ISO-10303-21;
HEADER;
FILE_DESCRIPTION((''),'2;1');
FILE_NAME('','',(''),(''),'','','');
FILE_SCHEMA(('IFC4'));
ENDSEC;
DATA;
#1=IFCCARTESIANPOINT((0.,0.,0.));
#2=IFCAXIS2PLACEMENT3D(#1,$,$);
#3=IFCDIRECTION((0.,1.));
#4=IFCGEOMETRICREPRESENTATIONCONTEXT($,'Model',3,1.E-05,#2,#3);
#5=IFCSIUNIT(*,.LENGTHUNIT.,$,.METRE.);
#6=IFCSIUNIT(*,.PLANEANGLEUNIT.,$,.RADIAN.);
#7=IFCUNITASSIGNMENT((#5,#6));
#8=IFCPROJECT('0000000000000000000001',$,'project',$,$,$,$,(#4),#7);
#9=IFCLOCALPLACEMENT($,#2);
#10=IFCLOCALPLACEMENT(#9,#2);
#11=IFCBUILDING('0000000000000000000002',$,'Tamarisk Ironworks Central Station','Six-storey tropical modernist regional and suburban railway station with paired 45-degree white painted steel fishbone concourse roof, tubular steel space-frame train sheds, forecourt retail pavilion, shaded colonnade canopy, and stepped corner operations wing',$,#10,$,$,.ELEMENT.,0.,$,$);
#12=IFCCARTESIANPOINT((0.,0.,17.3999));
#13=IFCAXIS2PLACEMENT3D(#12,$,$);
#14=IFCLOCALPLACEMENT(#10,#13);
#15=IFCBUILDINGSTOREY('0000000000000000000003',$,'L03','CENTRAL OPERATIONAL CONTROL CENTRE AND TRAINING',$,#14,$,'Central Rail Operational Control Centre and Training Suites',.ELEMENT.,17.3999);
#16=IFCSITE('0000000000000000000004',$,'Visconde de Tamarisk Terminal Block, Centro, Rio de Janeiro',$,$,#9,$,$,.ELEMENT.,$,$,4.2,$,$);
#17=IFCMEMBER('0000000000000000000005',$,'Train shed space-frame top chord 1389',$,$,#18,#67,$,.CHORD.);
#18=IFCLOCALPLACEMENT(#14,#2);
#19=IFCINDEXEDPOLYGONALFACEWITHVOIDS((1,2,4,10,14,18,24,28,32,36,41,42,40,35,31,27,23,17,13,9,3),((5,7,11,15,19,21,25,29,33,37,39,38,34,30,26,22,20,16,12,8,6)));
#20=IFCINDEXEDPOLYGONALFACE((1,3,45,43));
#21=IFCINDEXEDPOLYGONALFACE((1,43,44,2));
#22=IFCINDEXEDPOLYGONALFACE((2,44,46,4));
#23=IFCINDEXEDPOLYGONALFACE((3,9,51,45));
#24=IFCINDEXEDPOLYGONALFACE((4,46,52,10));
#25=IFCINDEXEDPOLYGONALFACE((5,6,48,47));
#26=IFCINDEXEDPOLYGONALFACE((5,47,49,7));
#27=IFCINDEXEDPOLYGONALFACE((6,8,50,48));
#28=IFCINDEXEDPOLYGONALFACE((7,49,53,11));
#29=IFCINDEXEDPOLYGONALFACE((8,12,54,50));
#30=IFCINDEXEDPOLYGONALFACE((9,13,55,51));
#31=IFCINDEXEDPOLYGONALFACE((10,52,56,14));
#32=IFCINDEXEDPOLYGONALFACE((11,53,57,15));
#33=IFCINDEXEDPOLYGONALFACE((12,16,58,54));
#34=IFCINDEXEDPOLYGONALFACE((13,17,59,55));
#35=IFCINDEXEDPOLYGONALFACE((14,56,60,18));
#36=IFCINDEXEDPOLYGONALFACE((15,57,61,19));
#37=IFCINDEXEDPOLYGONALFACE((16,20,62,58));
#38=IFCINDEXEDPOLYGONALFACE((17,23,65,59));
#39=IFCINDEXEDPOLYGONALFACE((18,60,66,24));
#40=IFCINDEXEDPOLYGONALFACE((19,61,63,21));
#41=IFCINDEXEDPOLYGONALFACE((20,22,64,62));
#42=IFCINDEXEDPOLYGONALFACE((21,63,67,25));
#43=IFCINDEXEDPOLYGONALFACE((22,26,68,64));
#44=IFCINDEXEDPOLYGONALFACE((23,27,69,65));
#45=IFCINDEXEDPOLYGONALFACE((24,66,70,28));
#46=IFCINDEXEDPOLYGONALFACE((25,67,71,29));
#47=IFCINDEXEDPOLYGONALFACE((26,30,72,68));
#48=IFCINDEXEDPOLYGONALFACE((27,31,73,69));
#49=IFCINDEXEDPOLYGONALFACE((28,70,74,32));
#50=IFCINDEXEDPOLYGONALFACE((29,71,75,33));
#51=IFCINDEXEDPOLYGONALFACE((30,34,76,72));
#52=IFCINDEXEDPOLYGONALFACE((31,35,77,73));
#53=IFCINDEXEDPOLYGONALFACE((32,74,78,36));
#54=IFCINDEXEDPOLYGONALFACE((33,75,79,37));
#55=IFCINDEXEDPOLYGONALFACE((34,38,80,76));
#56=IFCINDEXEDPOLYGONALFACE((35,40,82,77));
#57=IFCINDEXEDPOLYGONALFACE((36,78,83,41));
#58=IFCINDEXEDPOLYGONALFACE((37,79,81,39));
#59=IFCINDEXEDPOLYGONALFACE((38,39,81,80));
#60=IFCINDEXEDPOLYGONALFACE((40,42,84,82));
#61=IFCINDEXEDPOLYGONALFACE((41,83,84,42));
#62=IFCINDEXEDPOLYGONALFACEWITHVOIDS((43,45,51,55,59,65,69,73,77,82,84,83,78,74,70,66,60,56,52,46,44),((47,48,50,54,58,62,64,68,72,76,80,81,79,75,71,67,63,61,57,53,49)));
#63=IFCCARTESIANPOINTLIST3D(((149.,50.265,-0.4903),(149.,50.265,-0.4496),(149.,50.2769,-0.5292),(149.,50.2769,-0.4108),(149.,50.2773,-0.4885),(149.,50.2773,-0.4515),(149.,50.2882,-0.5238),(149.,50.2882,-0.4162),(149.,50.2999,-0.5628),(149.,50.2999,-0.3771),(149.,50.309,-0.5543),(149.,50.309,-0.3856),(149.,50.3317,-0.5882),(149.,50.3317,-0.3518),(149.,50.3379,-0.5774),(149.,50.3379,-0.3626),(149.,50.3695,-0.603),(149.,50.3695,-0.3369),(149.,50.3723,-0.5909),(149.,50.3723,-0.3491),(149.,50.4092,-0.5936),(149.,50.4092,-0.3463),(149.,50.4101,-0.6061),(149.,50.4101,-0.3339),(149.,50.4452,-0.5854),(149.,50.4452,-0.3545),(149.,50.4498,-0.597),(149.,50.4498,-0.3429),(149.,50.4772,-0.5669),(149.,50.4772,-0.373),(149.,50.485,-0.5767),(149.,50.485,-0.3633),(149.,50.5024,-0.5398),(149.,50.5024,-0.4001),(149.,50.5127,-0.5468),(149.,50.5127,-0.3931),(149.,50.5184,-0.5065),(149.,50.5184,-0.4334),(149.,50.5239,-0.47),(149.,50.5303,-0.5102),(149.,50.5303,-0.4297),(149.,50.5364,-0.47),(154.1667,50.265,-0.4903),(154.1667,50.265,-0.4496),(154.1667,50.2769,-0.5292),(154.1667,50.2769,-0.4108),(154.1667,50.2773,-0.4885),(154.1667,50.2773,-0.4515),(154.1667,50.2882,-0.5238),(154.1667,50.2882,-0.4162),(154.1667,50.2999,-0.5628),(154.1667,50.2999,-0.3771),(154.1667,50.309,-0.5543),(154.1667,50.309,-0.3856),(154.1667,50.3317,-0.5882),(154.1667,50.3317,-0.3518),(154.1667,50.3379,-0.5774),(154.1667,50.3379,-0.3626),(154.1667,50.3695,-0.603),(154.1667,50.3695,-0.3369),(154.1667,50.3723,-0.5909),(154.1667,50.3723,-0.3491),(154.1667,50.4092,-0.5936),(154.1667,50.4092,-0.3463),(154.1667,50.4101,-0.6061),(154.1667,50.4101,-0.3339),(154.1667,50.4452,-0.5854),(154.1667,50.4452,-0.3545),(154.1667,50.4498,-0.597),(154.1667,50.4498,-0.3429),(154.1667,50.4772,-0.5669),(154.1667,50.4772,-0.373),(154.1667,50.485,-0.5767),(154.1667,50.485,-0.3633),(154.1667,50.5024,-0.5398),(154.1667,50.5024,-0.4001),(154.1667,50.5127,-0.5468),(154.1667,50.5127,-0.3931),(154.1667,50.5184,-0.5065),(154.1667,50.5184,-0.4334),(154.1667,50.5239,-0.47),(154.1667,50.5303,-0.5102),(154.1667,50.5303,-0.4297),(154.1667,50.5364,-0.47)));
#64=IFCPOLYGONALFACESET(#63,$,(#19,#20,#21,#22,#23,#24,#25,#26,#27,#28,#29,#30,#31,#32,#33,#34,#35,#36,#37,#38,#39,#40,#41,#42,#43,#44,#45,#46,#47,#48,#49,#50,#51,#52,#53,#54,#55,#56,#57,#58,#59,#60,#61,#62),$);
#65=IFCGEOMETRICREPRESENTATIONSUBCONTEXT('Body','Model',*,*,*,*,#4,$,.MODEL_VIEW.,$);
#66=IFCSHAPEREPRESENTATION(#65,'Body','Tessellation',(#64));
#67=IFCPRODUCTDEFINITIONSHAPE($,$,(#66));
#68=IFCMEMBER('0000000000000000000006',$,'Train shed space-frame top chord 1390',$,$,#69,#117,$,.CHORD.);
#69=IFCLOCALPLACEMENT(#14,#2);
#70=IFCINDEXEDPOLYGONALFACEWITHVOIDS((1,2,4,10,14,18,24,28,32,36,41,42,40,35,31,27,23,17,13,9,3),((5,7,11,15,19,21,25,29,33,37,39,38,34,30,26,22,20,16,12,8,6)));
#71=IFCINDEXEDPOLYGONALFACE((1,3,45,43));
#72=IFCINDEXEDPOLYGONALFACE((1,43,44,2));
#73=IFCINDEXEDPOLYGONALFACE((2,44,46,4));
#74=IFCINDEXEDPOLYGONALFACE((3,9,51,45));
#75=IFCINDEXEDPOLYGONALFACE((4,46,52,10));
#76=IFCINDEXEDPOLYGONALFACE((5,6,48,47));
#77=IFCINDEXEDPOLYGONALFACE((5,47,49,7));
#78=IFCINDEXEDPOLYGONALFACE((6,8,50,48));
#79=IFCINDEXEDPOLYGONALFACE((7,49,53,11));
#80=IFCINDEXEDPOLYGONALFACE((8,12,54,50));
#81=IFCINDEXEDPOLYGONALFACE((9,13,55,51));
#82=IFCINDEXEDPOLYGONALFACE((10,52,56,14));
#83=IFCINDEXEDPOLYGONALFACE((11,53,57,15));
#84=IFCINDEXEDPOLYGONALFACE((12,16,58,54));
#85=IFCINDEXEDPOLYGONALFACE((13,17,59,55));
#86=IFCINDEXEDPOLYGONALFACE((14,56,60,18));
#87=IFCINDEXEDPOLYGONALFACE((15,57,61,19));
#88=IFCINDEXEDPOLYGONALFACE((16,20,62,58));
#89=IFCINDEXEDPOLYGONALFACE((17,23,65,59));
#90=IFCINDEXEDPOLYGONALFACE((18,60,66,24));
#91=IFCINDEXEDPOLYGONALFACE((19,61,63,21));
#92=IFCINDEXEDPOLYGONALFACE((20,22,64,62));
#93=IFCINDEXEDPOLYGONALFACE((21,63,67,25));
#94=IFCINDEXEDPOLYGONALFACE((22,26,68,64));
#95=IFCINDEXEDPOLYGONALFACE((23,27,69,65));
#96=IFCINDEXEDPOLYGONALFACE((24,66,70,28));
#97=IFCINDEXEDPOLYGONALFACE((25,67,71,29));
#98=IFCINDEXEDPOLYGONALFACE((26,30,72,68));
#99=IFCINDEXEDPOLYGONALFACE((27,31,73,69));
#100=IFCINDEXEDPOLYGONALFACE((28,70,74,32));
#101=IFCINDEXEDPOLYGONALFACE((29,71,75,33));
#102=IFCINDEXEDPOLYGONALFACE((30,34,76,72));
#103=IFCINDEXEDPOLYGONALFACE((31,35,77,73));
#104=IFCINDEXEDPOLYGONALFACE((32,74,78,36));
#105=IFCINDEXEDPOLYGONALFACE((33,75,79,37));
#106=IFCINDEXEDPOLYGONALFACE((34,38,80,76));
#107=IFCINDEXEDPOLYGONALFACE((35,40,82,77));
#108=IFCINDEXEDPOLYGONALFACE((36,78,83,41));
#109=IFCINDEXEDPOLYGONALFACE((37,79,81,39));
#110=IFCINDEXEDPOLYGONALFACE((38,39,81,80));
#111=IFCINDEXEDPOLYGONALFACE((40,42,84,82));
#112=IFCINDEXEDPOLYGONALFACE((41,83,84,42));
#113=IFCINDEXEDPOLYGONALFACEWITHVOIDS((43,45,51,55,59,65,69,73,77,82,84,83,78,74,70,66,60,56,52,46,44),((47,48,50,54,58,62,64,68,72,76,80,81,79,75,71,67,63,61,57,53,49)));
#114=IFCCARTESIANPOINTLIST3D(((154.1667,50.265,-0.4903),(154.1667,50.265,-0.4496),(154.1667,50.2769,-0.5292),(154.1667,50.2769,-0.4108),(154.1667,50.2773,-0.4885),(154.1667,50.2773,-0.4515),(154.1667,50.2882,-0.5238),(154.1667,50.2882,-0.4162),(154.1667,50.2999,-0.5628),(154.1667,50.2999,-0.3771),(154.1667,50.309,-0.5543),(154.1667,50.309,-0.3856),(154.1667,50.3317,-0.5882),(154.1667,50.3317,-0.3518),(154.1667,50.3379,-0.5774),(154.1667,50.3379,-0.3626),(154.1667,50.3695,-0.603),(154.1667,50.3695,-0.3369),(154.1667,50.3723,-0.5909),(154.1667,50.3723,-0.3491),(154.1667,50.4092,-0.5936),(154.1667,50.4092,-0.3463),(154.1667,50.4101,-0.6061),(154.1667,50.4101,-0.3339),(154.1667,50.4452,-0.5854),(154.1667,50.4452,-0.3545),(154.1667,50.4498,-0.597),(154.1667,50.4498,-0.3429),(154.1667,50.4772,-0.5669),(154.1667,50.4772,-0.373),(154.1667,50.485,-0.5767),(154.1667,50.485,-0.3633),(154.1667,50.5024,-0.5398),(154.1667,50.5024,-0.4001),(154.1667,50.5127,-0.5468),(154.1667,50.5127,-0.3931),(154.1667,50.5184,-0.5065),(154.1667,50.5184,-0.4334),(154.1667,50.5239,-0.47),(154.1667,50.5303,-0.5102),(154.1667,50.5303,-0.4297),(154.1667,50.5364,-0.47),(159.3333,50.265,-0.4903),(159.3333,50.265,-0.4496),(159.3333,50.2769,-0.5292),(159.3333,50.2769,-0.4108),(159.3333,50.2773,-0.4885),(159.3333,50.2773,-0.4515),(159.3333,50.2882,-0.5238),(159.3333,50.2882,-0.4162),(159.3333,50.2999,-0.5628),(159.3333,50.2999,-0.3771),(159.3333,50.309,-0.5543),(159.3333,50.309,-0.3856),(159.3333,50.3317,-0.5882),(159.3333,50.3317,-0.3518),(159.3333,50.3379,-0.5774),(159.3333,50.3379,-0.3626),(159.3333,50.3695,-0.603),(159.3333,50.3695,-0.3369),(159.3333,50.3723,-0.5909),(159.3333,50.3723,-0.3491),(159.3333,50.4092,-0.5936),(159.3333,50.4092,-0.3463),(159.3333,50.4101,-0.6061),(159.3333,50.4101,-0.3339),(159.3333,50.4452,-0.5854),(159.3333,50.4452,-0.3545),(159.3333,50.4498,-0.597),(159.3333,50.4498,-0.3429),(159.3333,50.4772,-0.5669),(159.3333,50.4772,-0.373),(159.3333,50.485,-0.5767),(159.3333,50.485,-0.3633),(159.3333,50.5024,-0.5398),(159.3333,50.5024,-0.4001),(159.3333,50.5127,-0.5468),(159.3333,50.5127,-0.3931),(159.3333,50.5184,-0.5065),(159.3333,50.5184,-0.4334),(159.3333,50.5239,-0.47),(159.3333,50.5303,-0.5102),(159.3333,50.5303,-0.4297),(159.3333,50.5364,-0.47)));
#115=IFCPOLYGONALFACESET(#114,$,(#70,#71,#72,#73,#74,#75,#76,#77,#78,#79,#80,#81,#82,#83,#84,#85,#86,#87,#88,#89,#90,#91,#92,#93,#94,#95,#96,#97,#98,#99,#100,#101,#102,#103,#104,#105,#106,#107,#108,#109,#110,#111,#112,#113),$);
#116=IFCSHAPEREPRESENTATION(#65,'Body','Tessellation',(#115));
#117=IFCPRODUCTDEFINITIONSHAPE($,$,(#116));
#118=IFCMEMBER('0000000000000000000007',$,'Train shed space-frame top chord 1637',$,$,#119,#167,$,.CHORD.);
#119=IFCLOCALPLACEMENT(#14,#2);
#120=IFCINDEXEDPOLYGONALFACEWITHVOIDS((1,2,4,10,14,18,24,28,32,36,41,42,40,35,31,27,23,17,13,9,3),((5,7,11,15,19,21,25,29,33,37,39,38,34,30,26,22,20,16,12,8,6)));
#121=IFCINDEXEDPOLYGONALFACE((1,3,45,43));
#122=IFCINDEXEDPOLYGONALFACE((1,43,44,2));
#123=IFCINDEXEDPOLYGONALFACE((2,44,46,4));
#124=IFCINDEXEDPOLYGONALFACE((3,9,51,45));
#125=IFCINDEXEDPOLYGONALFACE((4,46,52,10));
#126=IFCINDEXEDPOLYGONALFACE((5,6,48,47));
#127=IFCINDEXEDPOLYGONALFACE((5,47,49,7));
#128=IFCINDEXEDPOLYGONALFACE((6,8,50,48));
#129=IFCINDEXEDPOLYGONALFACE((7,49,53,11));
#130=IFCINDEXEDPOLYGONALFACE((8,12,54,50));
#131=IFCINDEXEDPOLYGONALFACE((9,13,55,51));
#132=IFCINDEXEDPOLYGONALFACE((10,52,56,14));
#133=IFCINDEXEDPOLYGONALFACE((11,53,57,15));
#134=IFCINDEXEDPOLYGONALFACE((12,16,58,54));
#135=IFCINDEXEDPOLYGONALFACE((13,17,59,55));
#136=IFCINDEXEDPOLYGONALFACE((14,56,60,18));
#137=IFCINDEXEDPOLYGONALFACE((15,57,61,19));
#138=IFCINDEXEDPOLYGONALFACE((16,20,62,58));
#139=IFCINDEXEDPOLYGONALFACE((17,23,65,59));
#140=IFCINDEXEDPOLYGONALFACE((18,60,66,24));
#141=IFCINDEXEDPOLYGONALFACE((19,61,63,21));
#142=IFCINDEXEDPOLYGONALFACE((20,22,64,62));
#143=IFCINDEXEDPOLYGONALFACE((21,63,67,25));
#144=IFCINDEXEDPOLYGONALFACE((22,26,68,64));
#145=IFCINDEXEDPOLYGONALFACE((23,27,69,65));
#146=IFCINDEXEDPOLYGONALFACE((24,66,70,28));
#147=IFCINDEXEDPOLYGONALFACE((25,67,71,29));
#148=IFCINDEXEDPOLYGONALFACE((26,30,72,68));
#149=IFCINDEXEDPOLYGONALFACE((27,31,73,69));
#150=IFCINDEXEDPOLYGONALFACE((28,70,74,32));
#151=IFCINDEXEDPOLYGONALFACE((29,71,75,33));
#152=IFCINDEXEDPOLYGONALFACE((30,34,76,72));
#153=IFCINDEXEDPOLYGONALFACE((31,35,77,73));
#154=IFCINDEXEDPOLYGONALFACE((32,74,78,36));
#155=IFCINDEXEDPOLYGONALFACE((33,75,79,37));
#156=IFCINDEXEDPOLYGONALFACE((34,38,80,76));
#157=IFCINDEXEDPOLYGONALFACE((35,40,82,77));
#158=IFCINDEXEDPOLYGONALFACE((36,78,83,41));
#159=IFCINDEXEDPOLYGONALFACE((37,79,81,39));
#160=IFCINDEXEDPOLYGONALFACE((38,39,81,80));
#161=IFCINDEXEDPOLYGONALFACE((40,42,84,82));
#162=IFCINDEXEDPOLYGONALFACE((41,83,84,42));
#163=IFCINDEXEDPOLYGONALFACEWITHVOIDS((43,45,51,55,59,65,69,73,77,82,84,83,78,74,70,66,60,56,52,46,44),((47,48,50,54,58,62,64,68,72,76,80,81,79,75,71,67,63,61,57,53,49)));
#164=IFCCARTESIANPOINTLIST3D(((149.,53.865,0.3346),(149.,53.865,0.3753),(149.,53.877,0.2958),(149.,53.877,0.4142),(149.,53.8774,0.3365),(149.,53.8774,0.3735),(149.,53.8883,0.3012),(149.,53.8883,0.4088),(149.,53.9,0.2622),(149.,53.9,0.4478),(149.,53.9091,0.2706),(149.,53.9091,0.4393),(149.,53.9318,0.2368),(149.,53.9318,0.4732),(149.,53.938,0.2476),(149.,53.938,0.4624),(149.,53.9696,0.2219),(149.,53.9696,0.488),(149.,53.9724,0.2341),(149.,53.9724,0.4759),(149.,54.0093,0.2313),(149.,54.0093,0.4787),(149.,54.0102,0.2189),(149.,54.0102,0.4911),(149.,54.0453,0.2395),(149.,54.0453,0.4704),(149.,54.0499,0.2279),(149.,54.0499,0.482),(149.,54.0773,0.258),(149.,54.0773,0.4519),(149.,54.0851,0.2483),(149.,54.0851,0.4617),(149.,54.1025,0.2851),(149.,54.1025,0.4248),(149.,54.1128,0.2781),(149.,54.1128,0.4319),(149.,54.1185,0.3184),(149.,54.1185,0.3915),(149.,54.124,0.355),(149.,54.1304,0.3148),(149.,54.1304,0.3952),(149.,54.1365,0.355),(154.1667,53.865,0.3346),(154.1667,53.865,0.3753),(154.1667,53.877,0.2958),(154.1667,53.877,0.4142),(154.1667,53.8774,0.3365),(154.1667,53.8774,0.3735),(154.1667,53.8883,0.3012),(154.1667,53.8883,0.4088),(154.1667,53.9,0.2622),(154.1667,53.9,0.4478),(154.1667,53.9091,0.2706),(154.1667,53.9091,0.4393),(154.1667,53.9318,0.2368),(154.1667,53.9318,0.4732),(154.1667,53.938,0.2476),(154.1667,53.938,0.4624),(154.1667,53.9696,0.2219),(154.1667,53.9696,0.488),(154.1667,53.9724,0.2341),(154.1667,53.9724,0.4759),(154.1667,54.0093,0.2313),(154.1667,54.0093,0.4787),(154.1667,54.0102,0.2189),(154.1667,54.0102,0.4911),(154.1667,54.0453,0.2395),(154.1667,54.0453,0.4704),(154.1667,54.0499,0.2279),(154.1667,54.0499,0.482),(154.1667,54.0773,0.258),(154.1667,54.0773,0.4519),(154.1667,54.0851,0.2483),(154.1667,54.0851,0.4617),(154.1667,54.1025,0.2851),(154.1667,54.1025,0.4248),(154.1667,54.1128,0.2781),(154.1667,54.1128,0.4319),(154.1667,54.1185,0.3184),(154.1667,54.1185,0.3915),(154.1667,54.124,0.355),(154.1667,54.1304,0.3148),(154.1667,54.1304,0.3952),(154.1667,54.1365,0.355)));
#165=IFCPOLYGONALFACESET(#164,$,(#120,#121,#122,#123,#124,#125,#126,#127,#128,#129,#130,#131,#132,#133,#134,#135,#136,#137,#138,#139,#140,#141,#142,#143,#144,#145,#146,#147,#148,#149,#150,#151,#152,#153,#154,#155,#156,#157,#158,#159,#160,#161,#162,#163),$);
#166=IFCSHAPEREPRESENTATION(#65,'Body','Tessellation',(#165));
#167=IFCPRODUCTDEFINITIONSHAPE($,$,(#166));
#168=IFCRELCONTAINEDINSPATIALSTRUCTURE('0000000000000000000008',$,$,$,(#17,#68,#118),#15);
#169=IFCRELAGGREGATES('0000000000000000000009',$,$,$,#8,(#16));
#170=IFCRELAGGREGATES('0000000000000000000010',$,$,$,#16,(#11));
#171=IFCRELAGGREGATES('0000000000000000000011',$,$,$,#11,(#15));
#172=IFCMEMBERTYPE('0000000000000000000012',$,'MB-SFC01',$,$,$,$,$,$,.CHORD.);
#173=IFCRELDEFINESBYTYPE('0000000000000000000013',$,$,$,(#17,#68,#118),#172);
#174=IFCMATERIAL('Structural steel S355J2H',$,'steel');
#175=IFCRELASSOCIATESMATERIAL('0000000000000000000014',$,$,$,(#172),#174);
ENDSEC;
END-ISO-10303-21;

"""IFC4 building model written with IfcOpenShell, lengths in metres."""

from ifc_helpers import new_model, si_unit, direction, frame, origin, origin_2d, place, context, subcontext, project, spatial, hollow_circle, extrude, material, material_profile, profile_set, type_object, element, save


model = new_model("IFC4")

# Units and contexts
model_context = context("Model", 3, precision=1e-05, world=origin(), true_north=direction((0.0, 1.0)))
body_context = subcontext(model_context, "Body", "Model", "MODEL_VIEW")
ifc_project = project(units=[si_unit("LENGTHUNIT", "METRE"), si_unit("PLANEANGLEUNIT", "RADIAN")], contexts=[model_context])

# Site, building, storey
site_placement = place(None, origin())
site = spatial("IfcSite", under=ifc_project, at=site_placement, Name="Visconde de Tamarisk Terminal Block, Centro, Rio de Janeiro", CompositionType="ELEMENT", RefElevation=4.2)
building_placement = place(site_placement, origin())
building = spatial("IfcBuilding", under=site, at=building_placement, Name="Tamarisk Ironworks Central Station", Description="Six-storey tropical modernist regional and suburban railway station with paired 45-degree white painted steel fishbone concourse roof, tubular steel space-frame train sheds, forecourt retail pavilion, shaded colonnade canopy, and stepped corner operations wing", CompositionType="ELEMENT", ElevationOfRefHeight=0.0)
storey_placement = place(building_placement, frame((0.0, 0.0, 17.3999)))
storey = spatial("IfcBuildingStorey", under=building, at=storey_placement, Name="L03", Description="CENTRAL OPERATIONAL CONTROL CENTRE AND TRAINING", LongName="Central Rail Operational Control Centre and Training Suites", CompositionType="ELEMENT", Elevation=17.3999)

# Members
ifc_material_1 = material(Name="Structural steel S355J2H", Category="steel")
ifc_material_profile_1 = material_profile(ifc_material_1, hollow_circle(Radius=0.1365, WallThickness=0.0125, at=origin_2d()), Name="CHS 273x12.5")
ifc_profile_set_1 = profile_set([ifc_material_profile_1], Name="Structural steel S355J2H")
member_type_1 = type_object("IfcMemberType", Name="MB-SFC01", PredefinedType="CHORD", material=ifc_profile_set_1)
member_1_placement = place(storey_placement, frame((149.0, 50.3999, -0.47), z_axis=(1.0, 0.0, 0.0), x_axis=(0.0, 1.0, 0.0)))
element("IfcMember", 1, at=member_1_placement, inside=storey, type_object=member_type_1, Name="Train shed space-frame top chord 1389", PredefinedType="CHORD", context=body_context, shape_type="SweptSolid", body=[
    extrude(hollow_circle(Radius=0.1365, WallThickness=0.0125, at=origin_2d()), origin(), (0.0, 0.0, 1.0), 5.1667),
])
member_2_placement = place(storey_placement, frame((154.1667, 50.3999, -0.47), z_axis=(1.0, 0.0, 0.0), x_axis=(0.0, 1.0, 0.0)))
element("IfcMember", 2, at=member_2_placement, inside=storey, type_object=member_type_1, Name="Train shed space-frame top chord 1390", PredefinedType="CHORD", context=body_context, shape_type="SweptSolid", body=[
    extrude(hollow_circle(Radius=0.1365, WallThickness=0.0125, at=origin_2d()), origin(), (0.0, 0.0, 1.0), 5.1665),
])
member_3_placement = place(storey_placement, frame((149.0, 54.0, 0.355), z_axis=(1.0, 0.0, 0.0), x_axis=(0.0, 1.0, 0.0)))
element("IfcMember", 3, at=member_3_placement, inside=storey, type_object=member_type_1, Name="Train shed space-frame top chord 1637", PredefinedType="CHORD", context=body_context, shape_type="SweptSolid", body=[
    extrude(hollow_circle(Radius=0.1365, WallThickness=0.0125, at=origin_2d()), origin(), (0.0, 0.0, 1.0), 5.1667),
])

save(model, "model.ifc")
